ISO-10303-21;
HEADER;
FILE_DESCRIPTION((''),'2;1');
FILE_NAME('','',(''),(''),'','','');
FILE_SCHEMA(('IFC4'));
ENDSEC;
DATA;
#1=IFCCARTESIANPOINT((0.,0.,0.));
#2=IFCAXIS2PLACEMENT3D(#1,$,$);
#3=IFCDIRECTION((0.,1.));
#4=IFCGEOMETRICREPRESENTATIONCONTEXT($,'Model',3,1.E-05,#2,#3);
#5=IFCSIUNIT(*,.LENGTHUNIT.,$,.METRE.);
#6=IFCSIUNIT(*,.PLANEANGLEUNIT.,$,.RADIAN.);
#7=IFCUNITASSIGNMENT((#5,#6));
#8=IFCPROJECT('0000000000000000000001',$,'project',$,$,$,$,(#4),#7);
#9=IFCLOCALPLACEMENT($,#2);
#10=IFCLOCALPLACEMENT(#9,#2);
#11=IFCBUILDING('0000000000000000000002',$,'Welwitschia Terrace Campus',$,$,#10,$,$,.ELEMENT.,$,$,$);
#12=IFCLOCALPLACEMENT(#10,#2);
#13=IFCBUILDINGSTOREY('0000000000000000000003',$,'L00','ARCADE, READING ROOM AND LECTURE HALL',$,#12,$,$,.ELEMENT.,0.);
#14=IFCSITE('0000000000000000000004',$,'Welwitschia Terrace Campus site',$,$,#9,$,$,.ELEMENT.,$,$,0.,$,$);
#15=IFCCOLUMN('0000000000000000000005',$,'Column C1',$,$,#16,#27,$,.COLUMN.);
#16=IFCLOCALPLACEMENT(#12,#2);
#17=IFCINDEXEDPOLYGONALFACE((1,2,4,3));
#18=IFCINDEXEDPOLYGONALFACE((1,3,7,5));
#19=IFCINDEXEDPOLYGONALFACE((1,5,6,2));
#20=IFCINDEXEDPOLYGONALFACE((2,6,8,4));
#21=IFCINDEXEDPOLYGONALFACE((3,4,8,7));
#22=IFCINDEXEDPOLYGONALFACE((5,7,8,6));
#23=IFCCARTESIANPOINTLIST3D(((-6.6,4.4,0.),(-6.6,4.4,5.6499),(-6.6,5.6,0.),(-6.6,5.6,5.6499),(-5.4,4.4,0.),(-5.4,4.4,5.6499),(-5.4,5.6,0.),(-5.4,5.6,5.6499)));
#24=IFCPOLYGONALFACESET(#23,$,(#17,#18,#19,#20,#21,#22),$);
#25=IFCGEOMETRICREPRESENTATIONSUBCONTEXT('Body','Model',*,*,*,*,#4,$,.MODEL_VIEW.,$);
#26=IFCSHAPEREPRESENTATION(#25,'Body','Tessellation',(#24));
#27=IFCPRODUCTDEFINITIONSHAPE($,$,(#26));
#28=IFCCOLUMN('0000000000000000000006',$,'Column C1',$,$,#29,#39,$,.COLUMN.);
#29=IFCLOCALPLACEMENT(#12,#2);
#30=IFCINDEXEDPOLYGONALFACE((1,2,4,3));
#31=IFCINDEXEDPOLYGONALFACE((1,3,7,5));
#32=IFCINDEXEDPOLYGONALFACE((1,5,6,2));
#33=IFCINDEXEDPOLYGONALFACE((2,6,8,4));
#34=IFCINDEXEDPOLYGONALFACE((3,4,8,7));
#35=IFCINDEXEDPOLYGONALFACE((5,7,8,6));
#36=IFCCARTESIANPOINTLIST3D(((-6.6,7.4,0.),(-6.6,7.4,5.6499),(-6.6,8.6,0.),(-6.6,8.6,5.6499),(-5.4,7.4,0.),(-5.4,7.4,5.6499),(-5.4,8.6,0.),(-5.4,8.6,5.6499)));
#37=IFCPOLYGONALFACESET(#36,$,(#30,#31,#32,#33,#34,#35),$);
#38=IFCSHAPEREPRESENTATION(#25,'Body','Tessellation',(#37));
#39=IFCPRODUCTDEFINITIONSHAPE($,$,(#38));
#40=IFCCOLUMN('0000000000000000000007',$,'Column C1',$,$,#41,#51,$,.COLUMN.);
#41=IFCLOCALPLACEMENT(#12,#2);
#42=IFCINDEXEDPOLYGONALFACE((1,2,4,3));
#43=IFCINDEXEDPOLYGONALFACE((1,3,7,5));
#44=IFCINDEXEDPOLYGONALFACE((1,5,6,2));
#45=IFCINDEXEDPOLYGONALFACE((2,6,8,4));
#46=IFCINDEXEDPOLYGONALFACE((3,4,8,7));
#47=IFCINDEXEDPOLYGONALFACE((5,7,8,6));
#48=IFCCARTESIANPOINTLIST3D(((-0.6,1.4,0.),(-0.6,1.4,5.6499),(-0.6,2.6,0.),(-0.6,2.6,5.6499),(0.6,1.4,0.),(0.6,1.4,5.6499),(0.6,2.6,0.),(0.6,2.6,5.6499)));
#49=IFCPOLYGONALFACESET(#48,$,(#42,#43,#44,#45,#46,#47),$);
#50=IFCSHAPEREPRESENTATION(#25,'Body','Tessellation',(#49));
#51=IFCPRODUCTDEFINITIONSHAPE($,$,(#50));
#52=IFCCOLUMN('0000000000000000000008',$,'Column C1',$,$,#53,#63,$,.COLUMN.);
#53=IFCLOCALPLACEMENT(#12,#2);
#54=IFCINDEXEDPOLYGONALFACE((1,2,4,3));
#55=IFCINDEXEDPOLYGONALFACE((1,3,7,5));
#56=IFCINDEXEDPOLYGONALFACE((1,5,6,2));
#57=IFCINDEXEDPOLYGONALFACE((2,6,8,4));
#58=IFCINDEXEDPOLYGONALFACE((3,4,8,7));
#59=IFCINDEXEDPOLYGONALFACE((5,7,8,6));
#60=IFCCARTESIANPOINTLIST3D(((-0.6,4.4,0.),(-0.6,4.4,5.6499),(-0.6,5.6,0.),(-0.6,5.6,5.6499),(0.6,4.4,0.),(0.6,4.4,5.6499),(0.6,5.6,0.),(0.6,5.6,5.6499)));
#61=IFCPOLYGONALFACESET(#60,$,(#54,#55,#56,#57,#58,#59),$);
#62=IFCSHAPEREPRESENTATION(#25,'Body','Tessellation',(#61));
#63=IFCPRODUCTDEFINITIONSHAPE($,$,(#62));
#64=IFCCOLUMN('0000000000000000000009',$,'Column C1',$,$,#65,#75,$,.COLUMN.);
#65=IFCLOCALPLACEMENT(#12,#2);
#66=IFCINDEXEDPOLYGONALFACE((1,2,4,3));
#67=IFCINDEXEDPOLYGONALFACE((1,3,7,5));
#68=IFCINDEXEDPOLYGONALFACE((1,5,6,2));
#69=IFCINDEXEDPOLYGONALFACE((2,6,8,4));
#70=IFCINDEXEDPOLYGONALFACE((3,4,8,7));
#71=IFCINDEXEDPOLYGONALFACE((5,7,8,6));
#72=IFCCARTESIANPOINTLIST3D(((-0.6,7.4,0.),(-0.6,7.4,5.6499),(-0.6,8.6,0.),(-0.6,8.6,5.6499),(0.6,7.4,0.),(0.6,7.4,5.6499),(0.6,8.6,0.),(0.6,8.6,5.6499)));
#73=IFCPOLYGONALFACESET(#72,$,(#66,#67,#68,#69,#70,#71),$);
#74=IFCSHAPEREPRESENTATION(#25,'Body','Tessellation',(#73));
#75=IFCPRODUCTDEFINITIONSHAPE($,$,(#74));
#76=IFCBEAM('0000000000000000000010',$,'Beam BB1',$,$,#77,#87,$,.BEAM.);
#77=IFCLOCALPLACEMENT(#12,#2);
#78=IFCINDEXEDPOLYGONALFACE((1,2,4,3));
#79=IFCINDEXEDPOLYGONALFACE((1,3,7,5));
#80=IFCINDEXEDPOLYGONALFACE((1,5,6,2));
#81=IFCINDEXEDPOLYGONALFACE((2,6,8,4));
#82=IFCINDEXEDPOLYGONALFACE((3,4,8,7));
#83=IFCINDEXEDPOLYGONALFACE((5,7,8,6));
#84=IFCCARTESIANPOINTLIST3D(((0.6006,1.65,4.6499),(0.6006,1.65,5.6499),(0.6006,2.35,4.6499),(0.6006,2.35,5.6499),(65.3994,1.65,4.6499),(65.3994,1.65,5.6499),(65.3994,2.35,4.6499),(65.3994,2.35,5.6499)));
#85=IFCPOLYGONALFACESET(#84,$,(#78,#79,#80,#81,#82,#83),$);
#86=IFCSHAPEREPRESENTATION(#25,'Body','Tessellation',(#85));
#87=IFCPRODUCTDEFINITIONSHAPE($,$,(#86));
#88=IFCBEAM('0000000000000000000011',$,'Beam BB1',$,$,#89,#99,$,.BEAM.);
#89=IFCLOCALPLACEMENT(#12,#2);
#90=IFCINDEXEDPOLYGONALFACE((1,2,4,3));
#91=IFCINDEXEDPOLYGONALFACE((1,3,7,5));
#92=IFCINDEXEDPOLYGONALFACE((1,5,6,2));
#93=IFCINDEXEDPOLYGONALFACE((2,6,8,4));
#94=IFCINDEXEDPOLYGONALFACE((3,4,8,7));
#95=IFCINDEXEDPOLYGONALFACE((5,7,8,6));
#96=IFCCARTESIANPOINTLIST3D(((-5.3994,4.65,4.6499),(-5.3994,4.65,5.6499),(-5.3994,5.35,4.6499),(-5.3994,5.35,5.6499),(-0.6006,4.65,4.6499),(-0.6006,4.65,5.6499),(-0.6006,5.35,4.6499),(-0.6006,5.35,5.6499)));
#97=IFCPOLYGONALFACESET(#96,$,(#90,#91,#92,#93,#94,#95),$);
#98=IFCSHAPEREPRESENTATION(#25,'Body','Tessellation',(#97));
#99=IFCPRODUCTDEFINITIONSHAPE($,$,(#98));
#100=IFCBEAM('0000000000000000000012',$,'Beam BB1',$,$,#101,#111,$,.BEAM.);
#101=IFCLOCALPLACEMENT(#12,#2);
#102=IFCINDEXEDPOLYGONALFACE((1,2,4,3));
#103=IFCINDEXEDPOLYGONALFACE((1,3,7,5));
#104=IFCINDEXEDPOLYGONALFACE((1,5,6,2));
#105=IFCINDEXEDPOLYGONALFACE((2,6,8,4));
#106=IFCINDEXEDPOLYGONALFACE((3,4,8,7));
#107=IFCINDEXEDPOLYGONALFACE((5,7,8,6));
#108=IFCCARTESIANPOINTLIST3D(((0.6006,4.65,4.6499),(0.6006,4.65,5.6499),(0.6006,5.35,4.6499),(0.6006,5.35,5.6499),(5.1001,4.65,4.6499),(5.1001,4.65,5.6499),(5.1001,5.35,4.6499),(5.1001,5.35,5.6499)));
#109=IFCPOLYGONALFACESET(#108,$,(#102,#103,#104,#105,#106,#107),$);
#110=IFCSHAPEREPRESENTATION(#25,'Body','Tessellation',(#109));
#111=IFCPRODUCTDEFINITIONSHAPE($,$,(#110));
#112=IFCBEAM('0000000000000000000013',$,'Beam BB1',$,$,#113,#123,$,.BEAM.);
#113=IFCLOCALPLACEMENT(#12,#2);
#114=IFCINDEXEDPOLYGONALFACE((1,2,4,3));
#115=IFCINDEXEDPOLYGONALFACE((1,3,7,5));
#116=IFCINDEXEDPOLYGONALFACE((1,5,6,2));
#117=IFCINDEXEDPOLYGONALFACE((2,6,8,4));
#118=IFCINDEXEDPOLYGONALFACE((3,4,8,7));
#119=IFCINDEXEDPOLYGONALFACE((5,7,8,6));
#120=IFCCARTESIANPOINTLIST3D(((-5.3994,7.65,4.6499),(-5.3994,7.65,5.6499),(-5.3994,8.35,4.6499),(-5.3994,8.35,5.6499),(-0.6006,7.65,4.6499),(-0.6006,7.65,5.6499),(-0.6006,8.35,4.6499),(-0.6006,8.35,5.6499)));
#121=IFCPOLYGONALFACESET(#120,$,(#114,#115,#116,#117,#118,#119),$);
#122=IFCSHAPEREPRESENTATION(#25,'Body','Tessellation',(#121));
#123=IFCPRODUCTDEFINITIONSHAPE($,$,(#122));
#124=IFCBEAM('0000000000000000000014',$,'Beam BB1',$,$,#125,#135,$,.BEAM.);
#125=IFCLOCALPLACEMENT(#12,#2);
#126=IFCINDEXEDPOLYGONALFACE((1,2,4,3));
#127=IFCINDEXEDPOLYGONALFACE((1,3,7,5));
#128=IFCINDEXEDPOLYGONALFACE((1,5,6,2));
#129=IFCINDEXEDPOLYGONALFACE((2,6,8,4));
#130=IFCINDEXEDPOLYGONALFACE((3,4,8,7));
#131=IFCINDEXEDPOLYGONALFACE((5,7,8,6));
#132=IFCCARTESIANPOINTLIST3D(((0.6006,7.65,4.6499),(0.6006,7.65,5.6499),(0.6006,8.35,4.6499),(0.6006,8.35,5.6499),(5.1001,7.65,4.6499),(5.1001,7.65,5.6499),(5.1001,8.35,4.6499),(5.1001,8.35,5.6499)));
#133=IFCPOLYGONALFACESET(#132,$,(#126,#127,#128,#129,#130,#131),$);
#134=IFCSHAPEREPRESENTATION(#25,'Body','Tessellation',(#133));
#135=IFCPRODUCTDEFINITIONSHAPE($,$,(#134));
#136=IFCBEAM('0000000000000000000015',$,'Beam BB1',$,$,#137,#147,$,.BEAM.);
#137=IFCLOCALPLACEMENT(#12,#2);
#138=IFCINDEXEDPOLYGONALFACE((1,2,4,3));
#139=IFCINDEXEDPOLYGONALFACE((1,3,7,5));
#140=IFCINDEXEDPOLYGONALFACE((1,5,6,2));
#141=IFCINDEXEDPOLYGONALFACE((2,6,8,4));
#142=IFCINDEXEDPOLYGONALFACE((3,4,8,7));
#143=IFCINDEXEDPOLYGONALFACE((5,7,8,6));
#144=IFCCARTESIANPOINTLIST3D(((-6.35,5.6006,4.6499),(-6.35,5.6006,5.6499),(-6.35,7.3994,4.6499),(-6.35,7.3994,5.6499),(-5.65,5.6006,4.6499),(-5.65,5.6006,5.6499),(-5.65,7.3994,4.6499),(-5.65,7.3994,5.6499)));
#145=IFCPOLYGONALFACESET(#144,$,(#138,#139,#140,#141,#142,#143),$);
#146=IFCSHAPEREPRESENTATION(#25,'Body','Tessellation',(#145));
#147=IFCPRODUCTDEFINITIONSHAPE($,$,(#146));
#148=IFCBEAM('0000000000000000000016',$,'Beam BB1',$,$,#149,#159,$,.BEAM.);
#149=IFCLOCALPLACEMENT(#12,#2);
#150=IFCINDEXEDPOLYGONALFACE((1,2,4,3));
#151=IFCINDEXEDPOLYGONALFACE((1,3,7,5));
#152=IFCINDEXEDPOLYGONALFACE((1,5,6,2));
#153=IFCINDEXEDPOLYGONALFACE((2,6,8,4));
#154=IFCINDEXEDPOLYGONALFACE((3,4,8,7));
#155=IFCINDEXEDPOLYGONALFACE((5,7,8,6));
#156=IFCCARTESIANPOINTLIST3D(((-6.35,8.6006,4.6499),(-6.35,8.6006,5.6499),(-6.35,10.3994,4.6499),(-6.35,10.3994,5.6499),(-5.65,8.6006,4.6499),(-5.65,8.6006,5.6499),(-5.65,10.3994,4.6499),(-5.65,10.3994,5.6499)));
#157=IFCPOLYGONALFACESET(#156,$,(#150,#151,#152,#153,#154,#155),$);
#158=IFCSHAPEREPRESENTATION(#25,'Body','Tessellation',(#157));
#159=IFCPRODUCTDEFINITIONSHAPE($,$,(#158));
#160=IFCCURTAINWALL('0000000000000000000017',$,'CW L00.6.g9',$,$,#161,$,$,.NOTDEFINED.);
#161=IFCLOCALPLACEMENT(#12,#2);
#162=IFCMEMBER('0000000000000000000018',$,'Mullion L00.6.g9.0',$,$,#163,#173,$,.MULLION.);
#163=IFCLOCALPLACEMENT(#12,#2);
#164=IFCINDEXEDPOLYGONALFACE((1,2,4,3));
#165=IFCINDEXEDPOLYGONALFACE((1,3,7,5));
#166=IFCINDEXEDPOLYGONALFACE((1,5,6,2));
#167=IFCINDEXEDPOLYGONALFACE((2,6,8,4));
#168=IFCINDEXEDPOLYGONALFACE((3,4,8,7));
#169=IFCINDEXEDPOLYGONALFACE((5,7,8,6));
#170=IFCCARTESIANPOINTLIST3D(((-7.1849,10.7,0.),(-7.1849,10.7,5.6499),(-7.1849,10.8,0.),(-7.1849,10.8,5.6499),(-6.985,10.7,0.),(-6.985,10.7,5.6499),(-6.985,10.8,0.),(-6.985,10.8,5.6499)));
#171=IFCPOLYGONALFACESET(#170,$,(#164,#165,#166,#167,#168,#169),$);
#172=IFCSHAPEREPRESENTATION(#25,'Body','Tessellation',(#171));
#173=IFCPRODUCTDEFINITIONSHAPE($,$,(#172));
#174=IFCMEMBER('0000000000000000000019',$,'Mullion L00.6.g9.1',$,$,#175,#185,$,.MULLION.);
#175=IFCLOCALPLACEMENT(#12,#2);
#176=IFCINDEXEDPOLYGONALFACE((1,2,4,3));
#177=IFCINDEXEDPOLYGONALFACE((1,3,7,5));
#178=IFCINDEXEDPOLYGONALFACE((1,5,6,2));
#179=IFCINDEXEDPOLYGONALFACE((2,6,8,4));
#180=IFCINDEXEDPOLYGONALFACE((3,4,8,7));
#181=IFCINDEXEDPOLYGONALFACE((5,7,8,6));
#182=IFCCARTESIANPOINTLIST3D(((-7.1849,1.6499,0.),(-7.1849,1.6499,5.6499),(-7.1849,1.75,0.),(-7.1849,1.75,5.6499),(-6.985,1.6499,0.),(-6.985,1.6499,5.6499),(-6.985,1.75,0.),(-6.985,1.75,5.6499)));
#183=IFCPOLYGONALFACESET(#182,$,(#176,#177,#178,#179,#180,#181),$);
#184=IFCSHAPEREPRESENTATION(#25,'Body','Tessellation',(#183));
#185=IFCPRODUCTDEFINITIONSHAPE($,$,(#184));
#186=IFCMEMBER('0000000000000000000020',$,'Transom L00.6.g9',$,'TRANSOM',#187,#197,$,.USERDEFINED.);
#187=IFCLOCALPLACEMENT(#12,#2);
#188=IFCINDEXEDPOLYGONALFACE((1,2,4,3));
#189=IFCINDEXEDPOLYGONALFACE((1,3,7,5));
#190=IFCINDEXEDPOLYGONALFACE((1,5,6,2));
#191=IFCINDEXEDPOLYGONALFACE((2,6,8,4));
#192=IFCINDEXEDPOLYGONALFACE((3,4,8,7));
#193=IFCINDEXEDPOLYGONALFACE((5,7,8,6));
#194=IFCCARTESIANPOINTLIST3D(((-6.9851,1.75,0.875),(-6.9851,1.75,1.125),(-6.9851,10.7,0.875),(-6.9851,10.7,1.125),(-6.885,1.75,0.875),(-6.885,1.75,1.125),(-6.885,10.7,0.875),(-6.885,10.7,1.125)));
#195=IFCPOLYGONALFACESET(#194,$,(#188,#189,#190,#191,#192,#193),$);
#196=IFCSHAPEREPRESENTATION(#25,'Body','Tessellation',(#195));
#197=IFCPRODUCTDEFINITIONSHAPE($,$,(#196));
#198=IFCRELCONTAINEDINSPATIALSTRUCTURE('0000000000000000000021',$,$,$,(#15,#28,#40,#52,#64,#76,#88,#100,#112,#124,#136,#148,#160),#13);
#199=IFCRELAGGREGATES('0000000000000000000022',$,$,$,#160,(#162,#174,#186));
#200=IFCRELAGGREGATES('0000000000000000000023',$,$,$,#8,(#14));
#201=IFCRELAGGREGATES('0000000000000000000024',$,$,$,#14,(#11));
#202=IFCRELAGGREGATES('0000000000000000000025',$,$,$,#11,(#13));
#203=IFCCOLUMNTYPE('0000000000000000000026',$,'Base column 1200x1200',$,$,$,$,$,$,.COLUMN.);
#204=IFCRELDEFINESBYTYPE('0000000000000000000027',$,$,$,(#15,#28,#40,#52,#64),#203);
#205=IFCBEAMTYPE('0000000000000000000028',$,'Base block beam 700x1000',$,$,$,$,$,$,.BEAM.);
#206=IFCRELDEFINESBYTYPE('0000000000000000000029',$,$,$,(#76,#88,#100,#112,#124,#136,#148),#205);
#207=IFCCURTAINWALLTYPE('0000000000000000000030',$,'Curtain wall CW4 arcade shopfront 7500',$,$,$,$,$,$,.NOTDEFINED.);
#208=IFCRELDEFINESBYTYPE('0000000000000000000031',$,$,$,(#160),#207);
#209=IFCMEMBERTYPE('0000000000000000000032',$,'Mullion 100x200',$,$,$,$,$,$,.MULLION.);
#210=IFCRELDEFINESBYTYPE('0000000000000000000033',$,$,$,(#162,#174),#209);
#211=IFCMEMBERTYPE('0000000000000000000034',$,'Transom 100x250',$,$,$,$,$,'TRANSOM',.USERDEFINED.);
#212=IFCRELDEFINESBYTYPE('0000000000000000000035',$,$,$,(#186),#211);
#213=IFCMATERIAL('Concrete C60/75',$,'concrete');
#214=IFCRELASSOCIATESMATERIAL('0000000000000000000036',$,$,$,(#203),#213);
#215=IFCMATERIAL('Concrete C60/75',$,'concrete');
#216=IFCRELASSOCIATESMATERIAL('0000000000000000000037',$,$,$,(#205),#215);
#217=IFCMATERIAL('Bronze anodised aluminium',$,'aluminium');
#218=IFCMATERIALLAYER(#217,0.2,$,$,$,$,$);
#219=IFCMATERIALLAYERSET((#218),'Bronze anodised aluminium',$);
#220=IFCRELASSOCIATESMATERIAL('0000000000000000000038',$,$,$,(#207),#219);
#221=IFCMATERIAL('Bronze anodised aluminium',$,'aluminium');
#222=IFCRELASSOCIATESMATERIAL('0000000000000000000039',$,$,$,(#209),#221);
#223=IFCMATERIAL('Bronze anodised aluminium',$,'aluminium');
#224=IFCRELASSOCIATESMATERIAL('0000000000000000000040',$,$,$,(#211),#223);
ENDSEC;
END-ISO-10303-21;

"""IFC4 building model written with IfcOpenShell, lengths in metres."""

from ifc_helpers import new_model, si_unit, direction, frame, origin, origin_2d, place, context, subcontext, project, spatial, rectangle, extrude, material, layer, layer_set, material_profile, profile_set, type_object, element, aggregate, save


model = new_model("IFC4")

# Units and contexts
model_context = context("Model", 3, precision=1e-05, world=origin(), true_north=direction((0.0, 1.0)))
body_context = subcontext(model_context, "Body", "Model", "MODEL_VIEW")
ifc_project = project(units=[si_unit("LENGTHUNIT", "METRE"), si_unit("PLANEANGLEUNIT", "RADIAN")], contexts=[model_context])

# Site, building, storey
site_placement = place(None, origin())
site = spatial("IfcSite", under=ifc_project, at=site_placement, Name="Welwitschia Terrace Campus site", CompositionType="ELEMENT", RefElevation=0.0)
building_placement = place(site_placement, origin())
building = spatial("IfcBuilding", under=site, at=building_placement, Name="Welwitschia Terrace Campus", CompositionType="ELEMENT")
storey_placement = place(building_placement, origin())
storey = spatial("IfcBuildingStorey", under=building, at=storey_placement, Name="L00", Description="ARCADE, READING ROOM AND LECTURE HALL", CompositionType="ELEMENT", Elevation=0.0)

# Columns
ifc_material_1 = material(Name="Concrete C60/75", Category="concrete")
ifc_material_profile_1 = material_profile(ifc_material_1, rectangle(XDim=1.2, YDim=1.2, at=origin_2d()))
ifc_profile_set_1 = profile_set([ifc_material_profile_1], Name="Concrete C60/75")
column_type = type_object("IfcColumnType", Name="Base column 1200x1200", PredefinedType="COLUMN", material=ifc_profile_set_1)
for number, where, z_axis, x_axis, name in (
    (1, (-6.0, 5.0, 0.0), (0.0, 0.0, 1.0), (1.0, 0.0, 0.0), "Column C1"),
    (2, (-6.0, 8.0, 0.0), (0.0, 0.0, 1.0), (1.0, 0.0, 0.0), "Column C1"),
    (3, (0.0, 2.0, 0.0), (0.0, 0.0, 1.0), (1.0, 0.0, 0.0), "Column C1"),
    (4, (0.0, 5.0, 0.0), (0.0, 0.0, 1.0), (1.0, 0.0, 0.0), "Column C1"),
    (5, (0.0, 8.0, 0.0), (0.0, 0.0, 1.0), (1.0, 0.0, 0.0), "Column C1"),
):
    element("IfcColumn", number, at=place(storey_placement, frame(where, z_axis=z_axis, x_axis=x_axis)), inside=storey, type_object=column_type, Name=name, PredefinedType="COLUMN", context=body_context, shape_type="SweptSolid", body=[
        extrude(rectangle(XDim=1.2, YDim=1.2, at=origin_2d()), origin(), (0.0, 0.0, 1.0), 5.6499),
    ])

# Beams
ifc_material_2 = material(Name="Concrete C60/75", Category="concrete")
ifc_material_profile_2 = material_profile(ifc_material_2, rectangle(XDim=0.7, YDim=1.0, at=origin_2d()))
ifc_profile_set_2 = profile_set([ifc_material_profile_2], Name="Concrete C60/75")
beam_type = type_object("IfcBeamType", Name="Base block beam 700x1000", PredefinedType="BEAM", material=ifc_profile_set_2)
beam_1_placement = place(storey_placement, frame((0.6006, 2.0, 5.1499), z_axis=(1.0, 0.0, 0.0), x_axis=(0.0, 1.0, 0.0)))
element("IfcBeam", 6, at=beam_1_placement, inside=storey, type_object=beam_type, Name="Beam BB1", PredefinedType="BEAM", context=body_context, shape_type="SweptSolid", body=[
    extrude(rectangle(XDim=0.7, YDim=1.0, at=origin_2d()), origin(), (0.0, 0.0, 1.0), 64.7988),
])
beam_2_placement = place(storey_placement, frame((-5.3994, 5.0, 5.1499), z_axis=(1.0, 0.0, 0.0), x_axis=(0.0, 1.0, 0.0)))
element("IfcBeam", 7, at=beam_2_placement, inside=storey, type_object=beam_type, Name="Beam BB1", PredefinedType="BEAM", context=body_context, shape_type="SweptSolid", body=[
    extrude(rectangle(XDim=0.7, YDim=1.0, at=origin_2d()), origin(), (0.0, 0.0, 1.0), 4.7988),
])
beam_3_placement = place(storey_placement, frame((0.6006, 5.0, 5.1499), z_axis=(1.0, 0.0, 0.0), x_axis=(0.0, 1.0, 0.0)))
element("IfcBeam", 8, at=beam_3_placement, inside=storey, type_object=beam_type, Name="Beam BB1", PredefinedType="BEAM", context=body_context, shape_type="SweptSolid", body=[
    extrude(rectangle(XDim=0.7, YDim=1.0, at=origin_2d()), origin(), (0.0, 0.0, 1.0), 4.4995),
])
beam_4_placement = place(storey_placement, frame((-5.3994, 8.0, 5.1499), z_axis=(1.0, 0.0, 0.0), x_axis=(0.0, 1.0, 0.0)))
element("IfcBeam", 9, at=beam_4_placement, inside=storey, type_object=beam_type, Name="Beam BB1", PredefinedType="BEAM", context=body_context, shape_type="SweptSolid", body=[
    extrude(rectangle(XDim=0.7, YDim=1.0, at=origin_2d()), origin(), (0.0, 0.0, 1.0), 4.7988),
])
beam_5_placement = place(storey_placement, frame((0.6006, 8.0, 5.1499), z_axis=(1.0, 0.0, 0.0), x_axis=(0.0, 1.0, 0.0)))
element("IfcBeam", 10, at=beam_5_placement, inside=storey, type_object=beam_type, Name="Beam BB1", PredefinedType="BEAM", context=body_context, shape_type="SweptSolid", body=[
    extrude(rectangle(XDim=0.7, YDim=1.0, at=origin_2d()), origin(), (0.0, 0.0, 1.0), 4.4995),
])
for number, where, z_axis, x_axis, name in (
    (11, (-6.0, 5.6006, 5.1499), (0.0, 1.0, 0.0), (-1.0, 0.0, 0.0), "Beam BB1"),
    (12, (-6.0, 8.6006, 5.1499), (0.0, 1.0, 0.0), (-1.0, 0.0, 0.0), "Beam BB1"),
):
    element("IfcBeam", number, at=place(storey_placement, frame(where, z_axis=z_axis, x_axis=x_axis)), inside=storey, type_object=beam_type, Name=name, PredefinedType="BEAM", context=body_context, shape_type="SweptSolid", body=[
        extrude(rectangle(XDim=0.7, YDim=1.0, at=origin_2d()), origin(), (0.0, 0.0, 1.0), 1.7988),
    ])

# Curtain wall, members
ifc_material_3 = material(Name="Bronze anodised aluminium", Category="aluminium")
ifc_layer_1 = layer(ifc_material_3, 0.2)
ifc_layer_set_1 = layer_set([ifc_layer_1], Name="Bronze anodised aluminium")
curtain_wall_type = type_object("IfcCurtainWallType", Name="Curtain wall CW4 arcade shopfront 7500", PredefinedType="NOTDEFINED", material=ifc_layer_set_1)
curtain_wall_placement = place(storey_placement, origin())
curtain_wall = element("IfcCurtainWall", 13, at=curtain_wall_placement, inside=storey, type_object=curtain_wall_type, Name="CW L00.6.g9", PredefinedType="NOTDEFINED")
ifc_material_4 = material(Name="Bronze anodised aluminium", Category="aluminium")
ifc_material_profile_3 = material_profile(ifc_material_4, rectangle(XDim=0.2, YDim=0.1001, at=origin_2d()))
ifc_profile_set_3 = profile_set([ifc_material_profile_3], Name="Bronze anodised aluminium")
member_type_1 = type_object("IfcMemberType", Name="Mullion 100x200", PredefinedType="MULLION", material=ifc_profile_set_3)
member_1_placement = place(storey_placement, frame((-7.085, 10.75, 0.0), z_axis=(0.0, 0.0, 1.0), x_axis=(1.0, 0.0, 0.0)))
member_1 = element("IfcMember", 14, at=member_1_placement, type_object=member_type_1, Name="Mullion L00.6.g9.0", PredefinedType="MULLION", context=body_context, shape_type="SweptSolid", body=[
    extrude(rectangle(XDim=0.2, YDim=0.1001, at=origin_2d()), origin(), (0.0, 0.0, 1.0), 5.6499),
])
member_2_placement = place(storey_placement, frame((-7.085, 1.7, 0.0), z_axis=(0.0, 0.0, 1.0), x_axis=(1.0, 0.0, 0.0)))
member_2 = element("IfcMember", 15, at=member_2_placement, type_object=member_type_1, Name="Mullion L00.6.g9.1", PredefinedType="MULLION", context=body_context, shape_type="SweptSolid", body=[
    extrude(rectangle(XDim=0.2, YDim=0.1001, at=origin_2d()), origin(), (0.0, 0.0, 1.0), 5.6499),
])
ifc_material_5 = material(Name="Bronze anodised aluminium", Category="aluminium")
ifc_material_profile_4 = material_profile(ifc_material_5, rectangle(XDim=0.1001, YDim=0.25, at=origin_2d()))
ifc_profile_set_4 = profile_set([ifc_material_profile_4], Name="Bronze anodised aluminium")
member_type_2 = type_object("IfcMemberType", Name="Transom 100x250", ElementType="TRANSOM", PredefinedType="USERDEFINED", material=ifc_profile_set_4)
member_3_placement = place(storey_placement, frame((-6.9351, 10.7, 1.0), z_axis=(0.0, -1.0, 0.0), x_axis=(1.0, 0.0, 0.0)))
member_3 = element("IfcMember", 16, at=member_3_placement, type_object=member_type_2, Name="Transom L00.6.g9", ObjectType="TRANSOM", PredefinedType="USERDEFINED", context=body_context, shape_type="SweptSolid", body=[
    extrude(rectangle(XDim=0.1001, YDim=0.25, at=origin_2d()), origin(), (0.0, 0.0, 1.0), 8.95),
])
aggregate(curtain_wall, [member_1, member_2, member_3])

save(model, "model.ifc")
